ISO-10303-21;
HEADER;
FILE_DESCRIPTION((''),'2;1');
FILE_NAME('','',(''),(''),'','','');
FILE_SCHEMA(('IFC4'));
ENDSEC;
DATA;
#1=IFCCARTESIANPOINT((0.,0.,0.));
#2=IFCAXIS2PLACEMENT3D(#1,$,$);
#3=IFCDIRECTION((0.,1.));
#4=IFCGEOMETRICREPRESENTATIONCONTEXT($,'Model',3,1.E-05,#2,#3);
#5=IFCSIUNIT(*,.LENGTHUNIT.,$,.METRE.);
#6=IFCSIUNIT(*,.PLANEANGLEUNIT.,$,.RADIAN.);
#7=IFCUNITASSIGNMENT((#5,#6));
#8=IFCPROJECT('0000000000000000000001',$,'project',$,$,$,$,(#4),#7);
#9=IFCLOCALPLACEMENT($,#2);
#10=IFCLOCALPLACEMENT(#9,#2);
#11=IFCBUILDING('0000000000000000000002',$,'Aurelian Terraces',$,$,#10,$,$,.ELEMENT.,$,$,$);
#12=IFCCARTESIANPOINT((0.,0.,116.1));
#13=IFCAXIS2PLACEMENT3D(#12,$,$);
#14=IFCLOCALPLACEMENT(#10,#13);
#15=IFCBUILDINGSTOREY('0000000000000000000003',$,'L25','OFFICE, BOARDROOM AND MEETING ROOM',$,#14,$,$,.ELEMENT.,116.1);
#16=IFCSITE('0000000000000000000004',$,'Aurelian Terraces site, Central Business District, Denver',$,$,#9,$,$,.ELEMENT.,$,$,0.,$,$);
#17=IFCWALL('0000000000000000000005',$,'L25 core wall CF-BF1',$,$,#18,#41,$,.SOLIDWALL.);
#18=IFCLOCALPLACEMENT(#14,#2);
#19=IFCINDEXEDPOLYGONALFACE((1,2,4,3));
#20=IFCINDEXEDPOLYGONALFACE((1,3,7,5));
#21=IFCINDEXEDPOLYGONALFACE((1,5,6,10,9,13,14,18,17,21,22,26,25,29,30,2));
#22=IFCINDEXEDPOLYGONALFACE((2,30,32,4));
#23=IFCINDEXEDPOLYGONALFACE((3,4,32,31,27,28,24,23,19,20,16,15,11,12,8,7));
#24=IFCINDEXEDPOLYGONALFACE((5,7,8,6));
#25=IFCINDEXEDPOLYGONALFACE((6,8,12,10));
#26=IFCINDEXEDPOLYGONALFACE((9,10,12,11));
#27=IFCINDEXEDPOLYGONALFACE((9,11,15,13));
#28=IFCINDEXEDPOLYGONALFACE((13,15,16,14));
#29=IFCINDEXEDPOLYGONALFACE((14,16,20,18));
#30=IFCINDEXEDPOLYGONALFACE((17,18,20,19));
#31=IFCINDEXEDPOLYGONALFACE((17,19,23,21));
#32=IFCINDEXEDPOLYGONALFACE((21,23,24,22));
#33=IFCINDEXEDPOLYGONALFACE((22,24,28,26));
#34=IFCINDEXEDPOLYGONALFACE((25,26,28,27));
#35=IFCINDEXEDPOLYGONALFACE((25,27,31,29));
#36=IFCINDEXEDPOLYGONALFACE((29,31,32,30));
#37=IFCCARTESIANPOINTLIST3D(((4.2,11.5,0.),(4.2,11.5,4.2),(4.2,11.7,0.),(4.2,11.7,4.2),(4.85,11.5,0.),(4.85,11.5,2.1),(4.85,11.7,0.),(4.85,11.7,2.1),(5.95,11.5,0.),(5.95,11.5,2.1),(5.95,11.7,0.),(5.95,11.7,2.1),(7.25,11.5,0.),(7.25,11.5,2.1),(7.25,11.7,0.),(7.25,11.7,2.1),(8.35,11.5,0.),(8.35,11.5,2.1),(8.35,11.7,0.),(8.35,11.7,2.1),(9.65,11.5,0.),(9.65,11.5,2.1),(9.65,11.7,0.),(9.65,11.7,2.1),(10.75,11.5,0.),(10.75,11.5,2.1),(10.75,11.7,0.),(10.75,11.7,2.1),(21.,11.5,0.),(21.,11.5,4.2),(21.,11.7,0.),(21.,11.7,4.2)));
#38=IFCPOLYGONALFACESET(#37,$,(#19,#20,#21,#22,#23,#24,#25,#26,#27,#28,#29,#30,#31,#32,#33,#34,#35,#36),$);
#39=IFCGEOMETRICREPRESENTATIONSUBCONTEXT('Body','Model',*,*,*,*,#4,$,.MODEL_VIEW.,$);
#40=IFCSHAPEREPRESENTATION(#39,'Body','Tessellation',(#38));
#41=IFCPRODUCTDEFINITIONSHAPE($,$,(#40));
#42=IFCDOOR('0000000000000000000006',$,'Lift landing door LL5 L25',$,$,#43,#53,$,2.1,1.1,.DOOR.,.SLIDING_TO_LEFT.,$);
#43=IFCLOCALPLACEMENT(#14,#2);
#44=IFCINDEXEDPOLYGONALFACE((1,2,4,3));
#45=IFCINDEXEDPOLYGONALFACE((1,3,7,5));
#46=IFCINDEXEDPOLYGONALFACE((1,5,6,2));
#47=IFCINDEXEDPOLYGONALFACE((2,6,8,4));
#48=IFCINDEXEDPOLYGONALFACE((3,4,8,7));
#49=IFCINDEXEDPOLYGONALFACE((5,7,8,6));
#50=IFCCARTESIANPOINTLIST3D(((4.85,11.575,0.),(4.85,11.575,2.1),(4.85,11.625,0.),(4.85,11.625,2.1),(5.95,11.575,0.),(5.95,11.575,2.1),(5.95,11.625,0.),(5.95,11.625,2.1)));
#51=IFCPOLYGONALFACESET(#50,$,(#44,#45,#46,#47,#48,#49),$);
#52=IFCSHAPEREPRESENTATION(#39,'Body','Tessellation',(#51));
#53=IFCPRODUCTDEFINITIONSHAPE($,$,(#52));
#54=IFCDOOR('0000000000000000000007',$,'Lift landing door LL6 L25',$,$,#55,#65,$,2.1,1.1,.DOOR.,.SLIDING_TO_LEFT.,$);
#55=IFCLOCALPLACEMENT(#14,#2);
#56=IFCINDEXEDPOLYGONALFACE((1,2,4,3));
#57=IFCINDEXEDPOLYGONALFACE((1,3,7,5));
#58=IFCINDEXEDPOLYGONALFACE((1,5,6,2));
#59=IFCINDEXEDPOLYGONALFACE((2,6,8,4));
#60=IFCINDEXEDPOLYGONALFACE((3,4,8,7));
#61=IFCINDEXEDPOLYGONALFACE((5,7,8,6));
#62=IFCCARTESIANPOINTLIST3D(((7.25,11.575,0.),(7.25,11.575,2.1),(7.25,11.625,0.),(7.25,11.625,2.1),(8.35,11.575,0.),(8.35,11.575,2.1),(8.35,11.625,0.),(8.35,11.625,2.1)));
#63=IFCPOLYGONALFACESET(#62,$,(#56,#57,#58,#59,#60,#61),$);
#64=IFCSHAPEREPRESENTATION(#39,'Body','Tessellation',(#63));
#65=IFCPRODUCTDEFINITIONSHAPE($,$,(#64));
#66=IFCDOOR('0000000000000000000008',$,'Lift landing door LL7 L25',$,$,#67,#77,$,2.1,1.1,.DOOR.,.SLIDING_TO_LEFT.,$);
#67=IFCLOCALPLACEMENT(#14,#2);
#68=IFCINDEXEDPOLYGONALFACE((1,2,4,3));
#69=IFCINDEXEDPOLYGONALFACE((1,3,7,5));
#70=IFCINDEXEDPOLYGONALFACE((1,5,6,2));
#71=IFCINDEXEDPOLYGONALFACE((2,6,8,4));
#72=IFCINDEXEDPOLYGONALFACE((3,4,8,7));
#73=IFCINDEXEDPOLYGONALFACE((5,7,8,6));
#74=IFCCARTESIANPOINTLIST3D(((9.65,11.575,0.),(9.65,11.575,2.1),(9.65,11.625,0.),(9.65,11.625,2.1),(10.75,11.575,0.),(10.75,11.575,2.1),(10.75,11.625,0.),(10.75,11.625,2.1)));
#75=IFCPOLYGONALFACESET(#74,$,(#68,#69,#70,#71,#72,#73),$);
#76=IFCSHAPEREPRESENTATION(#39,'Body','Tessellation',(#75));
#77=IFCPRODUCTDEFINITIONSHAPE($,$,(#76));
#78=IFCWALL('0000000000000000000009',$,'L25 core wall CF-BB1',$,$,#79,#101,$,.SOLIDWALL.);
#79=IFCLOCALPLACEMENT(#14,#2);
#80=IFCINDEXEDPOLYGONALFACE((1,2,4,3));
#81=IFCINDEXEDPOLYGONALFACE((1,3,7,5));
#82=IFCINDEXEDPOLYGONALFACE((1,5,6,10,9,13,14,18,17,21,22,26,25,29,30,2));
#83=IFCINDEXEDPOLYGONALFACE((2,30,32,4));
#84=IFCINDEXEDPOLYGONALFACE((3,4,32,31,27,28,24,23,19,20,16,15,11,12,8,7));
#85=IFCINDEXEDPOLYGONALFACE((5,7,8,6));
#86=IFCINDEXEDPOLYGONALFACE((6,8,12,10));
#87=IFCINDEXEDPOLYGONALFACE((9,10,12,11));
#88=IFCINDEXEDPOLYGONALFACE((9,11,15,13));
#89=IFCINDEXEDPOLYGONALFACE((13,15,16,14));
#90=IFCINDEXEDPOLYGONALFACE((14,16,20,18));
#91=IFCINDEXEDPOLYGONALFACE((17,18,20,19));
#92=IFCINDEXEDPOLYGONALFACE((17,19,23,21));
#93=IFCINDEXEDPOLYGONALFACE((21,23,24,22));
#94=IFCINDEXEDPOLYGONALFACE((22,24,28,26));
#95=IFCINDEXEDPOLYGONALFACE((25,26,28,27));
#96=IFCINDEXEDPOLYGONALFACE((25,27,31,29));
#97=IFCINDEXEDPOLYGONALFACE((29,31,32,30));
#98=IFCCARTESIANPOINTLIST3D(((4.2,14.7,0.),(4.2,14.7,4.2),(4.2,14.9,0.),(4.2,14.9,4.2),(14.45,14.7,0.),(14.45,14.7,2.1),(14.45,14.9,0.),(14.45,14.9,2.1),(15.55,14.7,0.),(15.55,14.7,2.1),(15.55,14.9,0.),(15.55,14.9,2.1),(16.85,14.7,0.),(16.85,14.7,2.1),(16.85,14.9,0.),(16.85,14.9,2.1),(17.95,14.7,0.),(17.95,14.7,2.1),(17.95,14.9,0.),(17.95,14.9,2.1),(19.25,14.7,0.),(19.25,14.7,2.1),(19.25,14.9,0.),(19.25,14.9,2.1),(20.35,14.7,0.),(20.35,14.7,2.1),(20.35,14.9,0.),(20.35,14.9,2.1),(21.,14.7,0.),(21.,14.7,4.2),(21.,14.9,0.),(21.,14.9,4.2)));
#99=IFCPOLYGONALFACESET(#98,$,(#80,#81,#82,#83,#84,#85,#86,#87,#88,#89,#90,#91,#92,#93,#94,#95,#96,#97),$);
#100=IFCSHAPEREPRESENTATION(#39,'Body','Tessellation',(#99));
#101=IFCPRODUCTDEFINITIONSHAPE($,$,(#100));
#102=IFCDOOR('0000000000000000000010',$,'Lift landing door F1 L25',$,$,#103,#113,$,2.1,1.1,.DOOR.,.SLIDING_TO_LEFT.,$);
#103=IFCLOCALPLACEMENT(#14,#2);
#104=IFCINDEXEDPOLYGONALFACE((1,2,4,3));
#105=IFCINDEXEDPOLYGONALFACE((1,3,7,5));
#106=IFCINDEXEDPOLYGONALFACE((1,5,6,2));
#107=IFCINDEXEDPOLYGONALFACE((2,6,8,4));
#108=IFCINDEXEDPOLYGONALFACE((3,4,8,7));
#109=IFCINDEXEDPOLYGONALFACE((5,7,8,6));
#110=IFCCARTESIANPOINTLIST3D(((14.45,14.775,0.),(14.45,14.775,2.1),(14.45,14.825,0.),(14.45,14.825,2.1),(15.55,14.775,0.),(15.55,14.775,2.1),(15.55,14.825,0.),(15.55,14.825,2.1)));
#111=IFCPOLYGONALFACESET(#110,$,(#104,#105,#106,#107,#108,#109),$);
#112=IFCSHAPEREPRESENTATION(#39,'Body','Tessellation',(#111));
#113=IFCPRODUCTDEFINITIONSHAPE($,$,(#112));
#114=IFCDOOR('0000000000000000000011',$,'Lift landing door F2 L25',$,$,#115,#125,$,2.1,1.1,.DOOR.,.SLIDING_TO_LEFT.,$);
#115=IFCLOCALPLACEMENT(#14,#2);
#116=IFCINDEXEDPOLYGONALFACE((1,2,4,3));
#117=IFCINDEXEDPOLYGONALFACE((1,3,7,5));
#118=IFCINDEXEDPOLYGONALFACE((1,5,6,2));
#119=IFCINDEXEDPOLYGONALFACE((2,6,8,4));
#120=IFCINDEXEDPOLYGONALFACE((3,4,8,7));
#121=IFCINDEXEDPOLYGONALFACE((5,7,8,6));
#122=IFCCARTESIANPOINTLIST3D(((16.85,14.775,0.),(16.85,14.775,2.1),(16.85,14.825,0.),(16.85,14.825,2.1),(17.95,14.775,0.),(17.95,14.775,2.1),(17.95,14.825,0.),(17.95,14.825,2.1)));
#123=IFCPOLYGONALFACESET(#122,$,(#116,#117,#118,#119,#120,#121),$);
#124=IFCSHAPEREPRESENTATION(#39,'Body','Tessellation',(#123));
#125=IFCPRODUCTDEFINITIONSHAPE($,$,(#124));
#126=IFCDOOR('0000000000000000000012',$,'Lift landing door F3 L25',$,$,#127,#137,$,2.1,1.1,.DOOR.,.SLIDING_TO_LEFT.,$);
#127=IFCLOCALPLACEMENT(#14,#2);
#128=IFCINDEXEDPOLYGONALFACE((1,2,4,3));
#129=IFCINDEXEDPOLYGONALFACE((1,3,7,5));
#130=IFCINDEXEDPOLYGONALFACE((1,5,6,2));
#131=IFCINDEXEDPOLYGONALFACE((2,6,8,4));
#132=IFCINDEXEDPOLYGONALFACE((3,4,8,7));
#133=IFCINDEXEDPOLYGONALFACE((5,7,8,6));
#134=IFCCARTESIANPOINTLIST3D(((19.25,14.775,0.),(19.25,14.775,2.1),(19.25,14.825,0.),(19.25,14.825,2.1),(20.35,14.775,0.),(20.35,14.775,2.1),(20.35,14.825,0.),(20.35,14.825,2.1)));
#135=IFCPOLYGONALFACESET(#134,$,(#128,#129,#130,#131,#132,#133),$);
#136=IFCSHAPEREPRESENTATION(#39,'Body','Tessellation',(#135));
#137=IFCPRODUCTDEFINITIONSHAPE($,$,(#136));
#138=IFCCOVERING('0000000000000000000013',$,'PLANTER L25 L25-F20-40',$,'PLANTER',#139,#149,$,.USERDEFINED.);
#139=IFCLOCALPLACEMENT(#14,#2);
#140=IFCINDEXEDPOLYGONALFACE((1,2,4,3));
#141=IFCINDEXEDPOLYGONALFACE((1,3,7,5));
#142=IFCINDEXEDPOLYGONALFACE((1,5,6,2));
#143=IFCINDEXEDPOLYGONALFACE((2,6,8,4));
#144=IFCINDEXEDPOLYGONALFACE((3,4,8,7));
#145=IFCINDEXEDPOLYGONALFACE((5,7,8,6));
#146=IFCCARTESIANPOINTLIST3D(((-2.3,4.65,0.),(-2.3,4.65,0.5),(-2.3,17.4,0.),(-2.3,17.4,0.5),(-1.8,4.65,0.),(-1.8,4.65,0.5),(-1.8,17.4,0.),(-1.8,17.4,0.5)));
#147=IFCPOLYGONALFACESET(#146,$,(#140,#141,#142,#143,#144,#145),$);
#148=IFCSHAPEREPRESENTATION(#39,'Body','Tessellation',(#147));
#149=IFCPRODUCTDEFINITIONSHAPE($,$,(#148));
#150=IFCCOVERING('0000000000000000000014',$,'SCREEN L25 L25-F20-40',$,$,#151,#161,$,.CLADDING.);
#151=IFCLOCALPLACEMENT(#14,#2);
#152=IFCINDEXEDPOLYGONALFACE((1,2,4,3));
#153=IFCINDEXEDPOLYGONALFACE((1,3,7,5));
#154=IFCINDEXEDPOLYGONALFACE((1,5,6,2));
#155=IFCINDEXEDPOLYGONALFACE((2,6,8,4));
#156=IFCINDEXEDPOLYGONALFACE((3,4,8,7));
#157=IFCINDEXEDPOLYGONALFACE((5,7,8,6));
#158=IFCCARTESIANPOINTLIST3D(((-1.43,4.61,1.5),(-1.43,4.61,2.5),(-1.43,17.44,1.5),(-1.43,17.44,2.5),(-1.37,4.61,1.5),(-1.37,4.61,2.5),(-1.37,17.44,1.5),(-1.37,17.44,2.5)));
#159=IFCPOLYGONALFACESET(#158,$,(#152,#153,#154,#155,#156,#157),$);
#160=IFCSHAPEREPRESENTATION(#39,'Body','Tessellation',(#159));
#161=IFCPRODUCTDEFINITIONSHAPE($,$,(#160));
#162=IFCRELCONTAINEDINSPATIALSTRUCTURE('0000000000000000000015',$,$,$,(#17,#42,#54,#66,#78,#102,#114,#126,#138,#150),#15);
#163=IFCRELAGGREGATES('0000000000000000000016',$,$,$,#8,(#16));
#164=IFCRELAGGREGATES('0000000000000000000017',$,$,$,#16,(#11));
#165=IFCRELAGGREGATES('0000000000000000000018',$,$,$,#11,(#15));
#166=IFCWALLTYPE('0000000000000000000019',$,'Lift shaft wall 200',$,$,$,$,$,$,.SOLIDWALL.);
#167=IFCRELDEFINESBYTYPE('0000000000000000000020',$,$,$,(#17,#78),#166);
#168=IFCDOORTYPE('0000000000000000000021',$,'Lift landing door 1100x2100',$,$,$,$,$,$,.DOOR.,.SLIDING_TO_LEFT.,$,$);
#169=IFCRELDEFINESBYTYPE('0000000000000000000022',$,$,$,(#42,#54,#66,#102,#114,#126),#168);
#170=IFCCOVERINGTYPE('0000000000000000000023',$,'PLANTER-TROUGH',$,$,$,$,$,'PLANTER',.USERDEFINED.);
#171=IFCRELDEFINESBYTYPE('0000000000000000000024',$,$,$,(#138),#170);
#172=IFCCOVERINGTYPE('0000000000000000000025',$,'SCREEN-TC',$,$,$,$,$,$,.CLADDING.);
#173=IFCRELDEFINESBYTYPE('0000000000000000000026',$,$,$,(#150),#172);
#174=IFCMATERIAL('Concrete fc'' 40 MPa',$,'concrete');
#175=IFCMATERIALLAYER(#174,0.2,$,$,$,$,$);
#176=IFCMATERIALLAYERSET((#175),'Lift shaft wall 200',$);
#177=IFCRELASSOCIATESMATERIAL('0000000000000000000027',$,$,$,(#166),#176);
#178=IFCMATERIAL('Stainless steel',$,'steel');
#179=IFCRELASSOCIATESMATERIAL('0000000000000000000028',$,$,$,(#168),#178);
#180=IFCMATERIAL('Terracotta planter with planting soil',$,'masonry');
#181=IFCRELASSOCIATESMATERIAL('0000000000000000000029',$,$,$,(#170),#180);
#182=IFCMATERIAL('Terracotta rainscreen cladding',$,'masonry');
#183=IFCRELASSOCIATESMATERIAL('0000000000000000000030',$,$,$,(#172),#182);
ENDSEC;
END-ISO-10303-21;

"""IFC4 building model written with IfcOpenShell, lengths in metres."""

from ifc_helpers import new_model, si_unit, direction, frame, frame_2d, origin, origin_2d, place, context, subcontext, project, spatial, rectangle, extrude, source, transform, mapped, material, layer, layer_set, type_object, element, fill, save


model = new_model("IFC4")

# Units and contexts
model_context = context("Model", 3, precision=1e-05, world=origin(), true_north=direction((0.0, 1.0)))
body_context = subcontext(model_context, "Body", "Model", "MODEL_VIEW")
ifc_project = project(units=[si_unit("LENGTHUNIT", "METRE"), si_unit("PLANEANGLEUNIT", "RADIAN")], contexts=[model_context])

# Site, building, storey
site_placement = place(None, origin())
site = spatial("IfcSite", under=ifc_project, at=site_placement, Name="Aurelian Terraces site, Central Business District, Denver", CompositionType="ELEMENT", RefElevation=0.0)
building_placement = place(site_placement, origin())
building = spatial("IfcBuilding", under=site, at=building_placement, Name="Aurelian Terraces", CompositionType="ELEMENT")
storey_placement = place(building_placement, frame((0.0, 0.0, 116.1)))
storey = spatial("IfcBuildingStorey", under=building, at=storey_placement, Name="L25", Description="OFFICE, BOARDROOM AND MEETING ROOM", CompositionType="ELEMENT", Elevation=116.1)

# Shared definitions
ifc_material_1 = material(Name="Terracotta rainscreen cladding", Category="masonry")

# Walls, openings, doors
ifc_material_2 = material(Name="Concrete fc' 40 MPa", Category="concrete")
ifc_layer_1 = layer(ifc_material_2, 0.2)
ifc_layer_set_1 = layer_set([ifc_layer_1], Name="Lift shaft wall 200")
wall_type_1 = type_object("IfcWallType", Name="Lift shaft wall 200", PredefinedType="SOLIDWALL", material=ifc_layer_set_1)
shared_shape_1 = source(origin(), body_context, "Body", "SweptSolid", [
    extrude(rectangle(XDim=16.8, YDim=0.2, at=frame_2d((8.4, 0.0))), origin(), (0.0, 0.0, 1.0), 4.2),
])
shared_shape_2 = source(origin(), body_context, "Body", "SweptSolid", [
    extrude(rectangle(XDim=1.1, YDim=2.1, at=frame_2d((0.55, 1.05))), frame((0.0, 0.11, 0.0), z_axis=(0.0, -1.0, 0.0), x_axis=(1.0, 0.0, 0.0)), (0.0, 0.0, 1.0), 0.22),
])
ifc_material_3 = material(Name="Stainless steel", Category="steel")
door_type = type_object("IfcDoorType", Name="Lift landing door 1100x2100", OperationType="SLIDING_TO_LEFT", PredefinedType="DOOR", material=ifc_material_3)
shared_shape_3 = source(origin(), body_context, "Body", "SweptSolid", [
    extrude(rectangle(XDim=1.1, YDim=2.1, at=frame_2d((0.55, 1.05))), frame((0.0, 0.025, 0.0), z_axis=(0.0, -1.0, 0.0), x_axis=(1.0, 0.0, 0.0)), (0.0, 0.0, 1.0), 0.05),
])
wall_1_placement = place(storey_placement, frame((4.2, 11.6, 0.0), z_axis=(0.0, 0.0, 1.0), x_axis=(1.0, 0.0, 0.0)))
wall_1 = element("IfcWall", 1, at=wall_1_placement, inside=storey, type_object=wall_type_1, Name="L25 core wall CF-BF1", PredefinedType="SOLIDWALL", context=body_context, shape_type="MappedRepresentation", body=[
    mapped(shared_shape_1, transform((0.0, 0.0, 0.0), scale=1.0)),
])
opening_1_placement = place(wall_1_placement, frame((0.65, 0.0, 0.0)))
opening_1 = element("IfcOpeningElement", 2, at=opening_1_placement, cuts=wall_1, PredefinedType="OPENING", context=body_context, shape_type="MappedRepresentation", body=[
    mapped(shared_shape_2, transform((0.0, 0.0, 0.0), scale=1.0)),
])
opening_2_placement = place(wall_1_placement, frame((3.05, 0.0, 0.0)))
opening_2 = element("IfcOpeningElement", 3, at=opening_2_placement, cuts=wall_1, PredefinedType="OPENING", context=body_context, shape_type="MappedRepresentation", body=[
    mapped(shared_shape_2, transform((0.0, 0.0, 0.0), scale=1.0)),
])
opening_3_placement = place(wall_1_placement, frame((5.45, 0.0, 0.0)))
opening_3 = element("IfcOpeningElement", 4, at=opening_3_placement, cuts=wall_1, PredefinedType="OPENING", context=body_context, shape_type="MappedRepresentation", body=[
    mapped(shared_shape_2, transform((0.0, 0.0, 0.0), scale=1.0)),
])
door_1_placement = place(opening_1_placement, origin())
door_1 = element("IfcDoor", 5, at=door_1_placement, inside=storey, type_object=door_type, Name="Lift landing door LL5 L25", OperationType="SLIDING_TO_LEFT", OverallHeight=2.1, OverallWidth=1.1, PredefinedType="DOOR", context=body_context, shape_type="MappedRepresentation", body=[
    mapped(shared_shape_3, transform((0.0, 0.0, 0.0), scale=1.0)),
])
fill(opening_1, door_1)
door_2_placement = place(opening_2_placement, origin())
door_2 = element("IfcDoor", 6, at=door_2_placement, inside=storey, type_object=door_type, Name="Lift landing door LL6 L25", OperationType="SLIDING_TO_LEFT", OverallHeight=2.1, OverallWidth=1.1, PredefinedType="DOOR", context=body_context, shape_type="MappedRepresentation", body=[
    mapped(shared_shape_3, transform((0.0, 0.0, 0.0), scale=1.0)),
])
fill(opening_2, door_2)
door_3_placement = place(opening_3_placement, origin())
door_3 = element("IfcDoor", 7, at=door_3_placement, inside=storey, type_object=door_type, Name="Lift landing door LL7 L25", OperationType="SLIDING_TO_LEFT", OverallHeight=2.1, OverallWidth=1.1, PredefinedType="DOOR", context=body_context, shape_type="MappedRepresentation", body=[
    mapped(shared_shape_3, transform((0.0, 0.0, 0.0), scale=1.0)),
])
fill(opening_3, door_3)
wall_2_placement = place(storey_placement, frame((4.2, 14.8, 0.0), z_axis=(0.0, 0.0, 1.0), x_axis=(1.0, 0.0, 0.0)))
wall_2 = element("IfcWall", 8, at=wall_2_placement, inside=storey, type_object=wall_type_1, Name="L25 core wall CF-BB1", PredefinedType="SOLIDWALL", context=body_context, shape_type="MappedRepresentation", body=[
    mapped(shared_shape_1, transform((0.0, 0.0, 0.0), scale=1.0)),
])
opening_4_placement = place(wall_2_placement, frame((10.25, 0.0, 0.0)))
opening_4 = element("IfcOpeningElement", 9, at=opening_4_placement, cuts=wall_2, PredefinedType="OPENING", context=body_context, shape_type="MappedRepresentation", body=[
    mapped(shared_shape_2, transform((0.0, 0.0, 0.0), scale=1.0)),
])
opening_5_placement = place(wall_2_placement, frame((12.65, 0.0, 0.0)))
opening_5 = element("IfcOpeningElement", 10, at=opening_5_placement, cuts=wall_2, PredefinedType="OPENING", context=body_context, shape_type="MappedRepresentation", body=[
    mapped(shared_shape_2, transform((0.0, 0.0, 0.0), scale=1.0)),
])
opening_6_placement = place(wall_2_placement, frame((15.05, 0.0, 0.0)))
opening_6 = element("IfcOpeningElement", 11, at=opening_6_placement, cuts=wall_2, PredefinedType="OPENING", context=body_context, shape_type="MappedRepresentation", body=[
    mapped(shared_shape_2, transform((0.0, 0.0, 0.0), scale=1.0)),
])
door_4_placement = place(opening_4_placement, origin())
door_4 = element("IfcDoor", 12, at=door_4_placement, inside=storey, type_object=door_type, Name="Lift landing door F1 L25", OperationType="SLIDING_TO_LEFT", OverallHeight=2.1, OverallWidth=1.1, PredefinedType="DOOR", context=body_context, shape_type="MappedRepresentation", body=[
    mapped(shared_shape_3, transform((0.0, 0.0, 0.0), scale=1.0)),
])
fill(opening_4, door_4)
door_5_placement = place(opening_5_placement, origin())
door_5 = element("IfcDoor", 13, at=door_5_placement, inside=storey, type_object=door_type, Name="Lift landing door F2 L25", OperationType="SLIDING_TO_LEFT", OverallHeight=2.1, OverallWidth=1.1, PredefinedType="DOOR", context=body_context, shape_type="MappedRepresentation", body=[
    mapped(shared_shape_3, transform((0.0, 0.0, 0.0), scale=1.0)),
])
fill(opening_5, door_5)
door_6_placement = place(opening_6_placement, origin())
door_6 = element("IfcDoor", 14, at=door_6_placement, inside=storey, type_object=door_type, Name="Lift landing door F3 L25", OperationType="SLIDING_TO_LEFT", OverallHeight=2.1, OverallWidth=1.1, PredefinedType="DOOR", context=body_context, shape_type="MappedRepresentation", body=[
    mapped(shared_shape_3, transform((0.0, 0.0, 0.0), scale=1.0)),
])
fill(opening_6, door_6)

# Coverings
ifc_material_4 = material(Name="Terracotta planter with planting soil", Category="masonry")
covering_type_1 = type_object("IfcCoveringType", Name="PLANTER-TROUGH", ElementType="PLANTER", PredefinedType="USERDEFINED", material=ifc_material_4)
shared_shape_4 = source(origin(), body_context, "Body", "SweptSolid", [
    extrude(rectangle(XDim=0.5, YDim=12.75, at=origin_2d()), origin(), (0.0, 0.0, 1.0), 0.5),
])
covering_1_placement = place(storey_placement, frame((-2.05, 11.025, 0.0), z_axis=(0.0, 0.0, 1.0), x_axis=(1.0, 0.0, 0.0)))
element("IfcCovering", 15, at=covering_1_placement, inside=storey, type_object=covering_type_1, Name="PLANTER L25 L25-F20-40", ObjectType="PLANTER", PredefinedType="USERDEFINED", context=body_context, shape_type="MappedRepresentation", body=[
    mapped(shared_shape_4, transform((0.0, 0.0, 0.0), scale=1.0)),
])
covering_type_2 = type_object("IfcCoveringType", Name="SCREEN-TC", PredefinedType="CLADDING", material=ifc_material_1)
shared_shape_5 = source(origin(), body_context, "Body", "SweptSolid", [
    extrude(rectangle(XDim=0.06, YDim=12.83, at=origin_2d()), origin(), (0.0, 0.0, 1.0), 1.0),
])
covering_2_placement = place(storey_placement, frame((-1.4, 11.025, 1.5), z_axis=(0.0, 0.0, 1.0), x_axis=(1.0, 0.0, 0.0)))
element("IfcCovering", 16, at=covering_2_placement, inside=storey, type_object=covering_type_2, Name="SCREEN L25 L25-F20-40", PredefinedType="CLADDING", context=body_context, shape_type="MappedRepresentation", body=[
    mapped(shared_shape_5, transform((0.0, 0.0, 0.0), scale=1.0)),
])

save(model, "model.ifc")
